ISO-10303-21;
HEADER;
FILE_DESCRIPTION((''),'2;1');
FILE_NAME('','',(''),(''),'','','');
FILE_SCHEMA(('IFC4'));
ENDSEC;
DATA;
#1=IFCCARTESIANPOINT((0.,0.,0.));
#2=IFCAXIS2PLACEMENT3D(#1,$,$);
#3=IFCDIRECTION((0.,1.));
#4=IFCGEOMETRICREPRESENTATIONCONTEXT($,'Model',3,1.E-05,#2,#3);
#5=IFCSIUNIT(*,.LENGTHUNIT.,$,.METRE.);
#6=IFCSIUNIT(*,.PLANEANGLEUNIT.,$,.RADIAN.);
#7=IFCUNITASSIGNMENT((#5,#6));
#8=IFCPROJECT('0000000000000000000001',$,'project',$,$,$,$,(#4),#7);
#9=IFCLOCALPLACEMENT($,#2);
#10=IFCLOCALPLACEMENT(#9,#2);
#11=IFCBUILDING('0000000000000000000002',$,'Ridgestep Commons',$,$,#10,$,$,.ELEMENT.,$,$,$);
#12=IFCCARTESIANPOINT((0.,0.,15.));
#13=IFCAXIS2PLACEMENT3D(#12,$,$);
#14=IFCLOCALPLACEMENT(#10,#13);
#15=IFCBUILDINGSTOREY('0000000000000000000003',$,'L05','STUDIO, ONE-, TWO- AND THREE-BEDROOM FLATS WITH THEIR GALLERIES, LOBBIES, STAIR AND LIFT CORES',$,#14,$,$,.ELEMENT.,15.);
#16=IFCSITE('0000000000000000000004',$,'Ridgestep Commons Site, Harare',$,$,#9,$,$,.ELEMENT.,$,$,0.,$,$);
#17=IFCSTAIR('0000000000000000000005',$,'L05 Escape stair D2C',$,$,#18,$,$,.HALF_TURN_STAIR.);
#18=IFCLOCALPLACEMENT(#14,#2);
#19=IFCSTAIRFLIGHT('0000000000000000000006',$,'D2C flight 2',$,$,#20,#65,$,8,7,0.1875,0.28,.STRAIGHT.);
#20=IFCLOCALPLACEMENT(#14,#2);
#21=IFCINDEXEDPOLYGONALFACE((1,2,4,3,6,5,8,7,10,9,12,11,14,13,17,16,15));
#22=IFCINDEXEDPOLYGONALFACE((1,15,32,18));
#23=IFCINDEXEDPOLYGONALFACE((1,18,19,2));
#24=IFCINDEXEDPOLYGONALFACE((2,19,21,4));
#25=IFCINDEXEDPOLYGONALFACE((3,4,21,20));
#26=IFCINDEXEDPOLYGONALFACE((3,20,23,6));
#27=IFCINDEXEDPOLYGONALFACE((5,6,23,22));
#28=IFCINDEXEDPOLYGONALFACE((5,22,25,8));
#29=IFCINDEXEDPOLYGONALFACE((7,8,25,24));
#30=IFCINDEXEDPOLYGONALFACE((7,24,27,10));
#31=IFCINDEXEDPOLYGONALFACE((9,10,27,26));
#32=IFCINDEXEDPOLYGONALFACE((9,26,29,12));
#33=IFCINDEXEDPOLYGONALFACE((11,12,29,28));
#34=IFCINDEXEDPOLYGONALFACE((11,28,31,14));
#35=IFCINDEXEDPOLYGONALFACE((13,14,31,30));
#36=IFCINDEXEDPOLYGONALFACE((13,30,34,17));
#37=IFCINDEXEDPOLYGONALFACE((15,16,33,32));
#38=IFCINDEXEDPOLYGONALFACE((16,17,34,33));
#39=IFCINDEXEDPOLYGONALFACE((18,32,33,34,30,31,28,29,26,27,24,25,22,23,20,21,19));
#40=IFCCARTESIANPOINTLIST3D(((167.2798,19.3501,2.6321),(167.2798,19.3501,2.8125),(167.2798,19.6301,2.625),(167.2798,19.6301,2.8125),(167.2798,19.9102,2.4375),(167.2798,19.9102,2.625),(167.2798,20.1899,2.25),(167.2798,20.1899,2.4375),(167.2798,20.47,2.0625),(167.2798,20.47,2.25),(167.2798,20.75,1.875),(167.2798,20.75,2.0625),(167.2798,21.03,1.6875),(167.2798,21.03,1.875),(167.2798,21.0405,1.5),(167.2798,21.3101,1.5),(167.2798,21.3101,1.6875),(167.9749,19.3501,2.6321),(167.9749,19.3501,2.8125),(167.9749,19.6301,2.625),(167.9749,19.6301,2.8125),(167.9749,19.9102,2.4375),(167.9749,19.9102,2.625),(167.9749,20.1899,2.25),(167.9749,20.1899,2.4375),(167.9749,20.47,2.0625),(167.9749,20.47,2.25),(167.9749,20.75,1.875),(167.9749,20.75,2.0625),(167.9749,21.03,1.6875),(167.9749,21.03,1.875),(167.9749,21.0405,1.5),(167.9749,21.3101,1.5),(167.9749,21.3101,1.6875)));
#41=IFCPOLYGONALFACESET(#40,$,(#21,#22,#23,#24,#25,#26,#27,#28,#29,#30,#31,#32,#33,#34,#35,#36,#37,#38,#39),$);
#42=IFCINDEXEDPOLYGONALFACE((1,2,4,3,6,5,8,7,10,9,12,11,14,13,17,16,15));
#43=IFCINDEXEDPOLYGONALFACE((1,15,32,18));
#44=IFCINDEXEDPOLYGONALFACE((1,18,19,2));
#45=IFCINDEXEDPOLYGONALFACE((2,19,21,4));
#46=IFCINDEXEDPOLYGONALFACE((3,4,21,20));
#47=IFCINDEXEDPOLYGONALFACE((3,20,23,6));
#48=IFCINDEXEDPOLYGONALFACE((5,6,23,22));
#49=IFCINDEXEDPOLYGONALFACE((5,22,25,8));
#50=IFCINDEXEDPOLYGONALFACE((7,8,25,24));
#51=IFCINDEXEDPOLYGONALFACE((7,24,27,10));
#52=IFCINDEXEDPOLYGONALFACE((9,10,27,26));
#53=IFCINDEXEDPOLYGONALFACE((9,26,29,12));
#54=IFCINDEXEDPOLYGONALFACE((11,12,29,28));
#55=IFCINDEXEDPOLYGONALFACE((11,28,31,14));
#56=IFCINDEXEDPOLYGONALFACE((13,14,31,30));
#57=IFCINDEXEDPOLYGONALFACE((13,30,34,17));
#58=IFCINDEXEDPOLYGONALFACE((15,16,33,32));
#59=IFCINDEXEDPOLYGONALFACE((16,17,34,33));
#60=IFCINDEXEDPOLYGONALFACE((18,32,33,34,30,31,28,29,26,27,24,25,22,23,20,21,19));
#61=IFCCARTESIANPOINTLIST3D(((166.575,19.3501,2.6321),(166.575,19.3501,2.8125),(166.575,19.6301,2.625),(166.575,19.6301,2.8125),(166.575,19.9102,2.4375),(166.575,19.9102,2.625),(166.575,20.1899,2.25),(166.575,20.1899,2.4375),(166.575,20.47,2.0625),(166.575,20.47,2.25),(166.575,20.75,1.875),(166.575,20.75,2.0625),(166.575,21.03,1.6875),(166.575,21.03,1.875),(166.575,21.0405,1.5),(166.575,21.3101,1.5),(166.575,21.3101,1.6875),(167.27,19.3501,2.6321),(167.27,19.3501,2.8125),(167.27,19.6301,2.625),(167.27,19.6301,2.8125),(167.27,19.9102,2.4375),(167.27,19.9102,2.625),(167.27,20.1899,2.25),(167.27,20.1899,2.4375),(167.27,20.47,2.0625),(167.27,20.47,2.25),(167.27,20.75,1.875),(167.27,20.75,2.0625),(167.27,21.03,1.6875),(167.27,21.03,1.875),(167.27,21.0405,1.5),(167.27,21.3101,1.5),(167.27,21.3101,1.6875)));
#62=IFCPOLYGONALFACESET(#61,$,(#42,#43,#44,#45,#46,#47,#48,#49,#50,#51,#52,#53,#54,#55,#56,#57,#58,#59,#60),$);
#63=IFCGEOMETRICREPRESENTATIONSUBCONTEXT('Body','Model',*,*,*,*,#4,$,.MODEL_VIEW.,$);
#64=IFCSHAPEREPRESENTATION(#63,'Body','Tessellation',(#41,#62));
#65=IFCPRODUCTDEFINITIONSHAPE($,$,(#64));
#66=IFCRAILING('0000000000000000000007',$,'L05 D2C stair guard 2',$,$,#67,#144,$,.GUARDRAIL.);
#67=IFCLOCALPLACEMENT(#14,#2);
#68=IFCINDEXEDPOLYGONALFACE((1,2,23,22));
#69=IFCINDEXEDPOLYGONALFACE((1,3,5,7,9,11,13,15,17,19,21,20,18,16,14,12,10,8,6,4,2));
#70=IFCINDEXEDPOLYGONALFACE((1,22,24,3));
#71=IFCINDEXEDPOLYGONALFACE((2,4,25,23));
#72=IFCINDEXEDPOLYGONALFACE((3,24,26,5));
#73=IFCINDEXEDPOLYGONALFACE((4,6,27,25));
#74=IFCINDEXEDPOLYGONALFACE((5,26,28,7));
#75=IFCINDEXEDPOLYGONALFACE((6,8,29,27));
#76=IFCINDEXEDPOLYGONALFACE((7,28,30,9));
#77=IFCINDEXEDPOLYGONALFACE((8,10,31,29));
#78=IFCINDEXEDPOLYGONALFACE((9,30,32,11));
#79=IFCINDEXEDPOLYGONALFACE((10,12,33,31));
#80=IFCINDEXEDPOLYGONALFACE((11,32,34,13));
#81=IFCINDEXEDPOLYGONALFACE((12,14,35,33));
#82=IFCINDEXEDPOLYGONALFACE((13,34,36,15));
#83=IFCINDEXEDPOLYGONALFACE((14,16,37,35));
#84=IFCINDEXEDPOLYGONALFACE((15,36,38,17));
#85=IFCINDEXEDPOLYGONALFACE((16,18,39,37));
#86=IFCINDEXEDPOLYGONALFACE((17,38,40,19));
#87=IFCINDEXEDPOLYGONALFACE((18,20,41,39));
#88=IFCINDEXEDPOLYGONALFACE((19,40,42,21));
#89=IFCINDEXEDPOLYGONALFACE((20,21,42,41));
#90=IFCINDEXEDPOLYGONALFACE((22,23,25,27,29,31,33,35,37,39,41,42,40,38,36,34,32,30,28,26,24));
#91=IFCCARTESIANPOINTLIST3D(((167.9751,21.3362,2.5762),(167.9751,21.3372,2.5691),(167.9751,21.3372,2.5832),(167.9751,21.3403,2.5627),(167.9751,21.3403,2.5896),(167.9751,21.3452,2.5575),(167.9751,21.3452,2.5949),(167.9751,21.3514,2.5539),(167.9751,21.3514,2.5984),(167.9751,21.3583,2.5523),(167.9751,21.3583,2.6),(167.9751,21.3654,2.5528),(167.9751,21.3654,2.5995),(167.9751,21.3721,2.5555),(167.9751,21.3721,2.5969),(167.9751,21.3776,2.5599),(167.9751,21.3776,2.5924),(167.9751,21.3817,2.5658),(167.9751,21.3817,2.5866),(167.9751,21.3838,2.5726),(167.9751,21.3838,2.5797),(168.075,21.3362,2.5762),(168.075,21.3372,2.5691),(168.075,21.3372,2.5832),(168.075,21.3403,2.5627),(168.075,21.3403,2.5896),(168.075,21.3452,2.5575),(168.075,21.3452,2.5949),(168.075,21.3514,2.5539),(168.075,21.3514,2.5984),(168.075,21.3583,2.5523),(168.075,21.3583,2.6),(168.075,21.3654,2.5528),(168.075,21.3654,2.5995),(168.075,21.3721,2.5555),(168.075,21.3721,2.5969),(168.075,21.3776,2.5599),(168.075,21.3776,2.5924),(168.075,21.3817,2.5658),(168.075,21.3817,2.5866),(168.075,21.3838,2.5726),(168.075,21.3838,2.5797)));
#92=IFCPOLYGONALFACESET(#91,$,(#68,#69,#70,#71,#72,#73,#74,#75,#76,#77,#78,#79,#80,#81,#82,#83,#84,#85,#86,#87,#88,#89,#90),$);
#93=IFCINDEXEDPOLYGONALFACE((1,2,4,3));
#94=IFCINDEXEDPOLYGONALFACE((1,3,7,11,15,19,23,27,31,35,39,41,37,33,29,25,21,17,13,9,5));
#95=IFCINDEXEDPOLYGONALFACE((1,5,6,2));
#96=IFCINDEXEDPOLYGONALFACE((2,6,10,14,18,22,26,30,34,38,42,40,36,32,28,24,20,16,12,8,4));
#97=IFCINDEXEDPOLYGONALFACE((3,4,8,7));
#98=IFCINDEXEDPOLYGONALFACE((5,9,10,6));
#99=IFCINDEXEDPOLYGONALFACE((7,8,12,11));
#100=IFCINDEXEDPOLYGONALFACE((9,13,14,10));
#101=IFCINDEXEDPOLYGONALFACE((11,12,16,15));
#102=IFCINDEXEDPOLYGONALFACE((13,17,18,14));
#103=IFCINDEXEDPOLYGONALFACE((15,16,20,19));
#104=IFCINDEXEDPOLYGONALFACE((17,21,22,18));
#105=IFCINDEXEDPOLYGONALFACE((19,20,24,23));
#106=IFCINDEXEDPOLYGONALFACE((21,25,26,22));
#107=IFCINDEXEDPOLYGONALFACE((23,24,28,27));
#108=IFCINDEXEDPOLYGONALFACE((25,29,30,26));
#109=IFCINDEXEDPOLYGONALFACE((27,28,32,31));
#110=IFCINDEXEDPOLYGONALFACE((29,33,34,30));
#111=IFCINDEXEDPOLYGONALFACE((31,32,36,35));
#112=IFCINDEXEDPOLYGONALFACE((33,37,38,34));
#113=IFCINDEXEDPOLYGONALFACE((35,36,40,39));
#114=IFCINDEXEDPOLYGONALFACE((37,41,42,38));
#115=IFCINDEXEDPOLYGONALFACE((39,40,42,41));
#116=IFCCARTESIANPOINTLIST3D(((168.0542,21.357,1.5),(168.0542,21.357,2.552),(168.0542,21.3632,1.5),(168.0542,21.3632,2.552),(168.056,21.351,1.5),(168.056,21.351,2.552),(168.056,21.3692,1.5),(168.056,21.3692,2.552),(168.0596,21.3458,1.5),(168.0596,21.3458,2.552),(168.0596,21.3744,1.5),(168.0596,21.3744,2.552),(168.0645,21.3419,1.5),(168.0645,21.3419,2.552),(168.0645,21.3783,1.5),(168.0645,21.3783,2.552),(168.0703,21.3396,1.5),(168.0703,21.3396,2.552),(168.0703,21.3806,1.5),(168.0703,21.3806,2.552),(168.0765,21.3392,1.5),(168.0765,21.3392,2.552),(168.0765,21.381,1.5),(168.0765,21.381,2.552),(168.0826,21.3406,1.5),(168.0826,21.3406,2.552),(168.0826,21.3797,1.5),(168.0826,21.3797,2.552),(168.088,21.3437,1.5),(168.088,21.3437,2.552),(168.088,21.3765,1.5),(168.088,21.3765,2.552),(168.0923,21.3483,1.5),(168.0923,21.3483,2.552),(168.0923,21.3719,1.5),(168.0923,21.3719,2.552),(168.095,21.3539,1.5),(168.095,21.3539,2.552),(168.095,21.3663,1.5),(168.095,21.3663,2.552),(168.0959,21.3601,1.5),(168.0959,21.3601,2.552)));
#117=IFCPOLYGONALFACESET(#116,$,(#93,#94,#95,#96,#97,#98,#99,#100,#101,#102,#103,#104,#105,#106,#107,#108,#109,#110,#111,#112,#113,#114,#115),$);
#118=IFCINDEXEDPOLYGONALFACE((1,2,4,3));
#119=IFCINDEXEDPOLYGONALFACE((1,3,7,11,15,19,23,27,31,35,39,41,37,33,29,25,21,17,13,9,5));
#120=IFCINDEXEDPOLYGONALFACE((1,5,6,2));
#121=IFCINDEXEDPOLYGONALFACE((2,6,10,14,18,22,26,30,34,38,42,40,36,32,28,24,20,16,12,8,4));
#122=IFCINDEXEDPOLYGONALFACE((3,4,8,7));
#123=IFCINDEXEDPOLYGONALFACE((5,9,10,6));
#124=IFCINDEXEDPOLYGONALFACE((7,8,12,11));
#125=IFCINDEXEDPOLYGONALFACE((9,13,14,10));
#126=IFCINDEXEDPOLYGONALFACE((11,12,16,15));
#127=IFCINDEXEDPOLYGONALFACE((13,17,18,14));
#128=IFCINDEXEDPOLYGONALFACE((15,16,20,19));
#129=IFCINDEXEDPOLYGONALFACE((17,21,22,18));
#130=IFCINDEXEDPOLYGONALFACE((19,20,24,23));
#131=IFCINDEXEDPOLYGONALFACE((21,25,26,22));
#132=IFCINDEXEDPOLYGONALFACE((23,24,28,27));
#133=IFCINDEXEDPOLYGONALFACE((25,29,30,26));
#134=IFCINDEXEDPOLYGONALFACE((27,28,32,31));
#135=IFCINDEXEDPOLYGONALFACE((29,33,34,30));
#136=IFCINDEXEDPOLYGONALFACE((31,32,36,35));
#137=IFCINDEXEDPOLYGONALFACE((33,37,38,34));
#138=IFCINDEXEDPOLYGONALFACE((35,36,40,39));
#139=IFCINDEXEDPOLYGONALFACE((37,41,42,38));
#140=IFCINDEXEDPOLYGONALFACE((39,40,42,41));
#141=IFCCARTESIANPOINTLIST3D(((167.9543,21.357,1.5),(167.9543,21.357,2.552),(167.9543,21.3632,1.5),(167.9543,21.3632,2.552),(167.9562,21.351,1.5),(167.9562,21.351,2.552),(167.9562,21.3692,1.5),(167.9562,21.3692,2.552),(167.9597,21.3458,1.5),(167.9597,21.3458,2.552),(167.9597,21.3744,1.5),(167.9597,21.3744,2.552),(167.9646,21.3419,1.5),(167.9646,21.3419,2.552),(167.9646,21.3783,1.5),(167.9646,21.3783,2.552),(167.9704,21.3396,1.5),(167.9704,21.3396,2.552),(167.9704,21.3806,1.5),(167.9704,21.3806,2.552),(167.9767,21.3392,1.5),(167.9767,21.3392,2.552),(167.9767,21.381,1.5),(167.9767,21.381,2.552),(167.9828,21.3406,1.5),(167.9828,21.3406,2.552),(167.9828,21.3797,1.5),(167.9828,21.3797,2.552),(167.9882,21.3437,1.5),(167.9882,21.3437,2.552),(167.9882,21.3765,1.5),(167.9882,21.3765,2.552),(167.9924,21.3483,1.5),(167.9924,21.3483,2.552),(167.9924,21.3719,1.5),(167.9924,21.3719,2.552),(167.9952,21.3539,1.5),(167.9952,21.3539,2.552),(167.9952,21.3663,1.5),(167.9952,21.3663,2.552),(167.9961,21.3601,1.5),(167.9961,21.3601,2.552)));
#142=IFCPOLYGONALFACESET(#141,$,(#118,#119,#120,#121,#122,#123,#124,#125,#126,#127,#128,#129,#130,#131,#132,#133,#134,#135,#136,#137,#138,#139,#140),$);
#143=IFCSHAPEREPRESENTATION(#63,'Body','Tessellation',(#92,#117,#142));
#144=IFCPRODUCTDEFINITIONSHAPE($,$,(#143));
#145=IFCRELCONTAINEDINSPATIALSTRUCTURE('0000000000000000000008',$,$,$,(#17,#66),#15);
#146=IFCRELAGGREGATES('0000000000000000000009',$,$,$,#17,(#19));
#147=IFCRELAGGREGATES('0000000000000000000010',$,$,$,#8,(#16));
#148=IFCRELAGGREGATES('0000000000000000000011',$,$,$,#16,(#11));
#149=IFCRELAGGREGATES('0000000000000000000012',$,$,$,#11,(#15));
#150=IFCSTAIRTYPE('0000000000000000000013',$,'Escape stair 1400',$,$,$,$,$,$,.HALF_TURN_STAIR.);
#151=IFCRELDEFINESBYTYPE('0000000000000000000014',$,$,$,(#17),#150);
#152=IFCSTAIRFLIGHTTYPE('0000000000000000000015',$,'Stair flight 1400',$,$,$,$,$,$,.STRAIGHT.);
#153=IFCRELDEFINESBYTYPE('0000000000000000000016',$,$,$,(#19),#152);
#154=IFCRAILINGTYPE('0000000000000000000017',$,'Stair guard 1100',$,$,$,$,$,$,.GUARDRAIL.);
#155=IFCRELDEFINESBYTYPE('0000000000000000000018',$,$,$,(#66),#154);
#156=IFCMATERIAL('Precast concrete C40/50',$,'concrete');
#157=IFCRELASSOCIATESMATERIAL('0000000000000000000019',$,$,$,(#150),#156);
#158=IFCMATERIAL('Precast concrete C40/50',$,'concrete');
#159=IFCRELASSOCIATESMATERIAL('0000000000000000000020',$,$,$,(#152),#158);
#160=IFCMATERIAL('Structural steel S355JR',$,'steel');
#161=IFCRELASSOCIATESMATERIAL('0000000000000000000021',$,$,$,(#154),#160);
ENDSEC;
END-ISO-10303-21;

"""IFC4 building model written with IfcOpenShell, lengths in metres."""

from ifc_helpers import new_model, si_unit, direction, frame, origin, origin_2d, place, context, subcontext, project, spatial, polyline, circle, outline, extrude, material, type_object, element, aggregate, save


model = new_model("IFC4")

# Units and contexts
model_context = context("Model", 3, precision=1e-05, world=origin(), true_north=direction((0.0, 1.0)))
body_context = subcontext(model_context, "Body", "Model", "MODEL_VIEW")
ifc_project = project(units=[si_unit("LENGTHUNIT", "METRE"), si_unit("PLANEANGLEUNIT", "RADIAN")], contexts=[model_context])

# Site, building, storey
site_placement = place(None, origin())
site = spatial("IfcSite", under=ifc_project, at=site_placement, Name="Ridgestep Commons Site, Harare", CompositionType="ELEMENT", RefElevation=0.0)
building_placement = place(site_placement, origin())
building = spatial("IfcBuilding", under=site, at=building_placement, Name="Ridgestep Commons", CompositionType="ELEMENT")
storey_placement = place(building_placement, frame((0.0, 0.0, 15.0)))
storey = spatial("IfcBuildingStorey", under=building, at=storey_placement, Name="L05", Description="STUDIO, ONE-, TWO- AND THREE-BEDROOM FLATS WITH THEIR GALLERIES, LOBBIES, STAIR AND LIFT CORES", CompositionType="ELEMENT", Elevation=15.0)

# Stair, stair flight
ifc_material_1 = material(Name="Precast concrete C40/50", Category="concrete")
stair_type = type_object("IfcStairType", Name="Escape stair 1400", PredefinedType="HALF_TURN_STAIR", material=ifc_material_1)
stair_placement = place(storey_placement, origin())
stair = element("IfcStair", 1, at=stair_placement, inside=storey, type_object=stair_type, Name="L05 Escape stair D2C", PredefinedType="HALF_TURN_STAIR")
ifc_material_2 = material(Name="Precast concrete C40/50", Category="concrete")
stair_flight_type = type_object("IfcStairFlightType", Name="Stair flight 1400", PredefinedType="STRAIGHT", material=ifc_material_2)
stair_flight_placement = place(storey_placement, frame((167.2749, 21.3101, 1.5), z_axis=(0.0, 0.0, 1.0), x_axis=(0.0, -1.0, 0.0)))
stair_flight = element("IfcStairFlight", 2, at=stair_flight_placement, type_object=stair_flight_type, Name="D2C flight 2", NumberOfRisers=8, NumberOfTreads=7, PredefinedType="STRAIGHT", RiserHeight=0.1875, TreadLength=0.28, context=body_context, shape_type="SweptSolid", body=[
    extrude(outline(polyline([(0.0, 0.0), (0.0, 0.1875), (0.28, 0.1875), (0.28, 0.375), (0.5601, 0.375), (0.5601, 0.5625), (0.8401, 0.5625), (0.8401, 0.75), (1.1201, 0.75), (1.1201, 0.9375), (1.3999, 0.9375), (1.3999, 1.125), (1.6799, 1.125), (1.6799, 1.3125), (1.96, 1.3125), (1.96, 1.5), (1.96, 1.1321), (0.2695, 0.0), (0.0, 0.0)])), frame((0.0, 0.7, 0.0), z_axis=(0.0, -1.0, 0.0), x_axis=(1.0, 0.0, 0.0)), (0.0, 0.0, 1.0), 0.6951),
    extrude(outline(polyline([(0.0, 0.0), (0.0, 0.1875), (0.28, 0.1875), (0.28, 0.375), (0.5601, 0.375), (0.5601, 0.5625), (0.8401, 0.5625), (0.8401, 0.75), (1.1201, 0.75), (1.1201, 0.9375), (1.3999, 0.9375), (1.3999, 1.125), (1.6799, 1.125), (1.6799, 1.3125), (1.96, 1.3125), (1.96, 1.5), (1.96, 1.1321), (0.2695, 0.0), (0.0, 0.0)])), frame((0.0, -0.0049, 0.0), z_axis=(0.0, -1.0, 0.0), x_axis=(1.0, 0.0, 0.0)), (0.0, 0.0, 1.0), 0.6951),
])
aggregate(stair, [stair_flight])

# Railing
ifc_material_3 = material(Name="Structural steel S355JR", Category="steel")
railing_type_1 = type_object("IfcRailingType", Name="Stair guard 1100", PredefinedType="GUARDRAIL", material=ifc_material_3)
railing_1_placement = place(storey_placement, frame((168.075, 21.3601, 1.5)))
element("IfcRailing", 3, at=railing_1_placement, inside=storey, type_object=railing_type_1, Name="L05 D2C stair guard 2", PredefinedType="GUARDRAIL", context=body_context, shape_type="SweptSolid", body=[
    extrude(circle(Radius=0.0239, at=origin_2d()), frame((0.0, 0.0, 1.0762), z_axis=(-1.0, 0.0, 0.0), x_axis=(0.0, -1.0, 0.0)), (0.0, 0.0, 1.0), 0.0999),
    extrude(circle(Radius=0.021, at=origin_2d()), origin(), (0.0, 0.0, 1.0), 1.052),
    extrude(circle(Radius=0.021, at=origin_2d()), frame((-0.0999, 0.0, 0.0)), (0.0, 0.0, 1.0), 1.052),
])

save(model, "model.ifc")
